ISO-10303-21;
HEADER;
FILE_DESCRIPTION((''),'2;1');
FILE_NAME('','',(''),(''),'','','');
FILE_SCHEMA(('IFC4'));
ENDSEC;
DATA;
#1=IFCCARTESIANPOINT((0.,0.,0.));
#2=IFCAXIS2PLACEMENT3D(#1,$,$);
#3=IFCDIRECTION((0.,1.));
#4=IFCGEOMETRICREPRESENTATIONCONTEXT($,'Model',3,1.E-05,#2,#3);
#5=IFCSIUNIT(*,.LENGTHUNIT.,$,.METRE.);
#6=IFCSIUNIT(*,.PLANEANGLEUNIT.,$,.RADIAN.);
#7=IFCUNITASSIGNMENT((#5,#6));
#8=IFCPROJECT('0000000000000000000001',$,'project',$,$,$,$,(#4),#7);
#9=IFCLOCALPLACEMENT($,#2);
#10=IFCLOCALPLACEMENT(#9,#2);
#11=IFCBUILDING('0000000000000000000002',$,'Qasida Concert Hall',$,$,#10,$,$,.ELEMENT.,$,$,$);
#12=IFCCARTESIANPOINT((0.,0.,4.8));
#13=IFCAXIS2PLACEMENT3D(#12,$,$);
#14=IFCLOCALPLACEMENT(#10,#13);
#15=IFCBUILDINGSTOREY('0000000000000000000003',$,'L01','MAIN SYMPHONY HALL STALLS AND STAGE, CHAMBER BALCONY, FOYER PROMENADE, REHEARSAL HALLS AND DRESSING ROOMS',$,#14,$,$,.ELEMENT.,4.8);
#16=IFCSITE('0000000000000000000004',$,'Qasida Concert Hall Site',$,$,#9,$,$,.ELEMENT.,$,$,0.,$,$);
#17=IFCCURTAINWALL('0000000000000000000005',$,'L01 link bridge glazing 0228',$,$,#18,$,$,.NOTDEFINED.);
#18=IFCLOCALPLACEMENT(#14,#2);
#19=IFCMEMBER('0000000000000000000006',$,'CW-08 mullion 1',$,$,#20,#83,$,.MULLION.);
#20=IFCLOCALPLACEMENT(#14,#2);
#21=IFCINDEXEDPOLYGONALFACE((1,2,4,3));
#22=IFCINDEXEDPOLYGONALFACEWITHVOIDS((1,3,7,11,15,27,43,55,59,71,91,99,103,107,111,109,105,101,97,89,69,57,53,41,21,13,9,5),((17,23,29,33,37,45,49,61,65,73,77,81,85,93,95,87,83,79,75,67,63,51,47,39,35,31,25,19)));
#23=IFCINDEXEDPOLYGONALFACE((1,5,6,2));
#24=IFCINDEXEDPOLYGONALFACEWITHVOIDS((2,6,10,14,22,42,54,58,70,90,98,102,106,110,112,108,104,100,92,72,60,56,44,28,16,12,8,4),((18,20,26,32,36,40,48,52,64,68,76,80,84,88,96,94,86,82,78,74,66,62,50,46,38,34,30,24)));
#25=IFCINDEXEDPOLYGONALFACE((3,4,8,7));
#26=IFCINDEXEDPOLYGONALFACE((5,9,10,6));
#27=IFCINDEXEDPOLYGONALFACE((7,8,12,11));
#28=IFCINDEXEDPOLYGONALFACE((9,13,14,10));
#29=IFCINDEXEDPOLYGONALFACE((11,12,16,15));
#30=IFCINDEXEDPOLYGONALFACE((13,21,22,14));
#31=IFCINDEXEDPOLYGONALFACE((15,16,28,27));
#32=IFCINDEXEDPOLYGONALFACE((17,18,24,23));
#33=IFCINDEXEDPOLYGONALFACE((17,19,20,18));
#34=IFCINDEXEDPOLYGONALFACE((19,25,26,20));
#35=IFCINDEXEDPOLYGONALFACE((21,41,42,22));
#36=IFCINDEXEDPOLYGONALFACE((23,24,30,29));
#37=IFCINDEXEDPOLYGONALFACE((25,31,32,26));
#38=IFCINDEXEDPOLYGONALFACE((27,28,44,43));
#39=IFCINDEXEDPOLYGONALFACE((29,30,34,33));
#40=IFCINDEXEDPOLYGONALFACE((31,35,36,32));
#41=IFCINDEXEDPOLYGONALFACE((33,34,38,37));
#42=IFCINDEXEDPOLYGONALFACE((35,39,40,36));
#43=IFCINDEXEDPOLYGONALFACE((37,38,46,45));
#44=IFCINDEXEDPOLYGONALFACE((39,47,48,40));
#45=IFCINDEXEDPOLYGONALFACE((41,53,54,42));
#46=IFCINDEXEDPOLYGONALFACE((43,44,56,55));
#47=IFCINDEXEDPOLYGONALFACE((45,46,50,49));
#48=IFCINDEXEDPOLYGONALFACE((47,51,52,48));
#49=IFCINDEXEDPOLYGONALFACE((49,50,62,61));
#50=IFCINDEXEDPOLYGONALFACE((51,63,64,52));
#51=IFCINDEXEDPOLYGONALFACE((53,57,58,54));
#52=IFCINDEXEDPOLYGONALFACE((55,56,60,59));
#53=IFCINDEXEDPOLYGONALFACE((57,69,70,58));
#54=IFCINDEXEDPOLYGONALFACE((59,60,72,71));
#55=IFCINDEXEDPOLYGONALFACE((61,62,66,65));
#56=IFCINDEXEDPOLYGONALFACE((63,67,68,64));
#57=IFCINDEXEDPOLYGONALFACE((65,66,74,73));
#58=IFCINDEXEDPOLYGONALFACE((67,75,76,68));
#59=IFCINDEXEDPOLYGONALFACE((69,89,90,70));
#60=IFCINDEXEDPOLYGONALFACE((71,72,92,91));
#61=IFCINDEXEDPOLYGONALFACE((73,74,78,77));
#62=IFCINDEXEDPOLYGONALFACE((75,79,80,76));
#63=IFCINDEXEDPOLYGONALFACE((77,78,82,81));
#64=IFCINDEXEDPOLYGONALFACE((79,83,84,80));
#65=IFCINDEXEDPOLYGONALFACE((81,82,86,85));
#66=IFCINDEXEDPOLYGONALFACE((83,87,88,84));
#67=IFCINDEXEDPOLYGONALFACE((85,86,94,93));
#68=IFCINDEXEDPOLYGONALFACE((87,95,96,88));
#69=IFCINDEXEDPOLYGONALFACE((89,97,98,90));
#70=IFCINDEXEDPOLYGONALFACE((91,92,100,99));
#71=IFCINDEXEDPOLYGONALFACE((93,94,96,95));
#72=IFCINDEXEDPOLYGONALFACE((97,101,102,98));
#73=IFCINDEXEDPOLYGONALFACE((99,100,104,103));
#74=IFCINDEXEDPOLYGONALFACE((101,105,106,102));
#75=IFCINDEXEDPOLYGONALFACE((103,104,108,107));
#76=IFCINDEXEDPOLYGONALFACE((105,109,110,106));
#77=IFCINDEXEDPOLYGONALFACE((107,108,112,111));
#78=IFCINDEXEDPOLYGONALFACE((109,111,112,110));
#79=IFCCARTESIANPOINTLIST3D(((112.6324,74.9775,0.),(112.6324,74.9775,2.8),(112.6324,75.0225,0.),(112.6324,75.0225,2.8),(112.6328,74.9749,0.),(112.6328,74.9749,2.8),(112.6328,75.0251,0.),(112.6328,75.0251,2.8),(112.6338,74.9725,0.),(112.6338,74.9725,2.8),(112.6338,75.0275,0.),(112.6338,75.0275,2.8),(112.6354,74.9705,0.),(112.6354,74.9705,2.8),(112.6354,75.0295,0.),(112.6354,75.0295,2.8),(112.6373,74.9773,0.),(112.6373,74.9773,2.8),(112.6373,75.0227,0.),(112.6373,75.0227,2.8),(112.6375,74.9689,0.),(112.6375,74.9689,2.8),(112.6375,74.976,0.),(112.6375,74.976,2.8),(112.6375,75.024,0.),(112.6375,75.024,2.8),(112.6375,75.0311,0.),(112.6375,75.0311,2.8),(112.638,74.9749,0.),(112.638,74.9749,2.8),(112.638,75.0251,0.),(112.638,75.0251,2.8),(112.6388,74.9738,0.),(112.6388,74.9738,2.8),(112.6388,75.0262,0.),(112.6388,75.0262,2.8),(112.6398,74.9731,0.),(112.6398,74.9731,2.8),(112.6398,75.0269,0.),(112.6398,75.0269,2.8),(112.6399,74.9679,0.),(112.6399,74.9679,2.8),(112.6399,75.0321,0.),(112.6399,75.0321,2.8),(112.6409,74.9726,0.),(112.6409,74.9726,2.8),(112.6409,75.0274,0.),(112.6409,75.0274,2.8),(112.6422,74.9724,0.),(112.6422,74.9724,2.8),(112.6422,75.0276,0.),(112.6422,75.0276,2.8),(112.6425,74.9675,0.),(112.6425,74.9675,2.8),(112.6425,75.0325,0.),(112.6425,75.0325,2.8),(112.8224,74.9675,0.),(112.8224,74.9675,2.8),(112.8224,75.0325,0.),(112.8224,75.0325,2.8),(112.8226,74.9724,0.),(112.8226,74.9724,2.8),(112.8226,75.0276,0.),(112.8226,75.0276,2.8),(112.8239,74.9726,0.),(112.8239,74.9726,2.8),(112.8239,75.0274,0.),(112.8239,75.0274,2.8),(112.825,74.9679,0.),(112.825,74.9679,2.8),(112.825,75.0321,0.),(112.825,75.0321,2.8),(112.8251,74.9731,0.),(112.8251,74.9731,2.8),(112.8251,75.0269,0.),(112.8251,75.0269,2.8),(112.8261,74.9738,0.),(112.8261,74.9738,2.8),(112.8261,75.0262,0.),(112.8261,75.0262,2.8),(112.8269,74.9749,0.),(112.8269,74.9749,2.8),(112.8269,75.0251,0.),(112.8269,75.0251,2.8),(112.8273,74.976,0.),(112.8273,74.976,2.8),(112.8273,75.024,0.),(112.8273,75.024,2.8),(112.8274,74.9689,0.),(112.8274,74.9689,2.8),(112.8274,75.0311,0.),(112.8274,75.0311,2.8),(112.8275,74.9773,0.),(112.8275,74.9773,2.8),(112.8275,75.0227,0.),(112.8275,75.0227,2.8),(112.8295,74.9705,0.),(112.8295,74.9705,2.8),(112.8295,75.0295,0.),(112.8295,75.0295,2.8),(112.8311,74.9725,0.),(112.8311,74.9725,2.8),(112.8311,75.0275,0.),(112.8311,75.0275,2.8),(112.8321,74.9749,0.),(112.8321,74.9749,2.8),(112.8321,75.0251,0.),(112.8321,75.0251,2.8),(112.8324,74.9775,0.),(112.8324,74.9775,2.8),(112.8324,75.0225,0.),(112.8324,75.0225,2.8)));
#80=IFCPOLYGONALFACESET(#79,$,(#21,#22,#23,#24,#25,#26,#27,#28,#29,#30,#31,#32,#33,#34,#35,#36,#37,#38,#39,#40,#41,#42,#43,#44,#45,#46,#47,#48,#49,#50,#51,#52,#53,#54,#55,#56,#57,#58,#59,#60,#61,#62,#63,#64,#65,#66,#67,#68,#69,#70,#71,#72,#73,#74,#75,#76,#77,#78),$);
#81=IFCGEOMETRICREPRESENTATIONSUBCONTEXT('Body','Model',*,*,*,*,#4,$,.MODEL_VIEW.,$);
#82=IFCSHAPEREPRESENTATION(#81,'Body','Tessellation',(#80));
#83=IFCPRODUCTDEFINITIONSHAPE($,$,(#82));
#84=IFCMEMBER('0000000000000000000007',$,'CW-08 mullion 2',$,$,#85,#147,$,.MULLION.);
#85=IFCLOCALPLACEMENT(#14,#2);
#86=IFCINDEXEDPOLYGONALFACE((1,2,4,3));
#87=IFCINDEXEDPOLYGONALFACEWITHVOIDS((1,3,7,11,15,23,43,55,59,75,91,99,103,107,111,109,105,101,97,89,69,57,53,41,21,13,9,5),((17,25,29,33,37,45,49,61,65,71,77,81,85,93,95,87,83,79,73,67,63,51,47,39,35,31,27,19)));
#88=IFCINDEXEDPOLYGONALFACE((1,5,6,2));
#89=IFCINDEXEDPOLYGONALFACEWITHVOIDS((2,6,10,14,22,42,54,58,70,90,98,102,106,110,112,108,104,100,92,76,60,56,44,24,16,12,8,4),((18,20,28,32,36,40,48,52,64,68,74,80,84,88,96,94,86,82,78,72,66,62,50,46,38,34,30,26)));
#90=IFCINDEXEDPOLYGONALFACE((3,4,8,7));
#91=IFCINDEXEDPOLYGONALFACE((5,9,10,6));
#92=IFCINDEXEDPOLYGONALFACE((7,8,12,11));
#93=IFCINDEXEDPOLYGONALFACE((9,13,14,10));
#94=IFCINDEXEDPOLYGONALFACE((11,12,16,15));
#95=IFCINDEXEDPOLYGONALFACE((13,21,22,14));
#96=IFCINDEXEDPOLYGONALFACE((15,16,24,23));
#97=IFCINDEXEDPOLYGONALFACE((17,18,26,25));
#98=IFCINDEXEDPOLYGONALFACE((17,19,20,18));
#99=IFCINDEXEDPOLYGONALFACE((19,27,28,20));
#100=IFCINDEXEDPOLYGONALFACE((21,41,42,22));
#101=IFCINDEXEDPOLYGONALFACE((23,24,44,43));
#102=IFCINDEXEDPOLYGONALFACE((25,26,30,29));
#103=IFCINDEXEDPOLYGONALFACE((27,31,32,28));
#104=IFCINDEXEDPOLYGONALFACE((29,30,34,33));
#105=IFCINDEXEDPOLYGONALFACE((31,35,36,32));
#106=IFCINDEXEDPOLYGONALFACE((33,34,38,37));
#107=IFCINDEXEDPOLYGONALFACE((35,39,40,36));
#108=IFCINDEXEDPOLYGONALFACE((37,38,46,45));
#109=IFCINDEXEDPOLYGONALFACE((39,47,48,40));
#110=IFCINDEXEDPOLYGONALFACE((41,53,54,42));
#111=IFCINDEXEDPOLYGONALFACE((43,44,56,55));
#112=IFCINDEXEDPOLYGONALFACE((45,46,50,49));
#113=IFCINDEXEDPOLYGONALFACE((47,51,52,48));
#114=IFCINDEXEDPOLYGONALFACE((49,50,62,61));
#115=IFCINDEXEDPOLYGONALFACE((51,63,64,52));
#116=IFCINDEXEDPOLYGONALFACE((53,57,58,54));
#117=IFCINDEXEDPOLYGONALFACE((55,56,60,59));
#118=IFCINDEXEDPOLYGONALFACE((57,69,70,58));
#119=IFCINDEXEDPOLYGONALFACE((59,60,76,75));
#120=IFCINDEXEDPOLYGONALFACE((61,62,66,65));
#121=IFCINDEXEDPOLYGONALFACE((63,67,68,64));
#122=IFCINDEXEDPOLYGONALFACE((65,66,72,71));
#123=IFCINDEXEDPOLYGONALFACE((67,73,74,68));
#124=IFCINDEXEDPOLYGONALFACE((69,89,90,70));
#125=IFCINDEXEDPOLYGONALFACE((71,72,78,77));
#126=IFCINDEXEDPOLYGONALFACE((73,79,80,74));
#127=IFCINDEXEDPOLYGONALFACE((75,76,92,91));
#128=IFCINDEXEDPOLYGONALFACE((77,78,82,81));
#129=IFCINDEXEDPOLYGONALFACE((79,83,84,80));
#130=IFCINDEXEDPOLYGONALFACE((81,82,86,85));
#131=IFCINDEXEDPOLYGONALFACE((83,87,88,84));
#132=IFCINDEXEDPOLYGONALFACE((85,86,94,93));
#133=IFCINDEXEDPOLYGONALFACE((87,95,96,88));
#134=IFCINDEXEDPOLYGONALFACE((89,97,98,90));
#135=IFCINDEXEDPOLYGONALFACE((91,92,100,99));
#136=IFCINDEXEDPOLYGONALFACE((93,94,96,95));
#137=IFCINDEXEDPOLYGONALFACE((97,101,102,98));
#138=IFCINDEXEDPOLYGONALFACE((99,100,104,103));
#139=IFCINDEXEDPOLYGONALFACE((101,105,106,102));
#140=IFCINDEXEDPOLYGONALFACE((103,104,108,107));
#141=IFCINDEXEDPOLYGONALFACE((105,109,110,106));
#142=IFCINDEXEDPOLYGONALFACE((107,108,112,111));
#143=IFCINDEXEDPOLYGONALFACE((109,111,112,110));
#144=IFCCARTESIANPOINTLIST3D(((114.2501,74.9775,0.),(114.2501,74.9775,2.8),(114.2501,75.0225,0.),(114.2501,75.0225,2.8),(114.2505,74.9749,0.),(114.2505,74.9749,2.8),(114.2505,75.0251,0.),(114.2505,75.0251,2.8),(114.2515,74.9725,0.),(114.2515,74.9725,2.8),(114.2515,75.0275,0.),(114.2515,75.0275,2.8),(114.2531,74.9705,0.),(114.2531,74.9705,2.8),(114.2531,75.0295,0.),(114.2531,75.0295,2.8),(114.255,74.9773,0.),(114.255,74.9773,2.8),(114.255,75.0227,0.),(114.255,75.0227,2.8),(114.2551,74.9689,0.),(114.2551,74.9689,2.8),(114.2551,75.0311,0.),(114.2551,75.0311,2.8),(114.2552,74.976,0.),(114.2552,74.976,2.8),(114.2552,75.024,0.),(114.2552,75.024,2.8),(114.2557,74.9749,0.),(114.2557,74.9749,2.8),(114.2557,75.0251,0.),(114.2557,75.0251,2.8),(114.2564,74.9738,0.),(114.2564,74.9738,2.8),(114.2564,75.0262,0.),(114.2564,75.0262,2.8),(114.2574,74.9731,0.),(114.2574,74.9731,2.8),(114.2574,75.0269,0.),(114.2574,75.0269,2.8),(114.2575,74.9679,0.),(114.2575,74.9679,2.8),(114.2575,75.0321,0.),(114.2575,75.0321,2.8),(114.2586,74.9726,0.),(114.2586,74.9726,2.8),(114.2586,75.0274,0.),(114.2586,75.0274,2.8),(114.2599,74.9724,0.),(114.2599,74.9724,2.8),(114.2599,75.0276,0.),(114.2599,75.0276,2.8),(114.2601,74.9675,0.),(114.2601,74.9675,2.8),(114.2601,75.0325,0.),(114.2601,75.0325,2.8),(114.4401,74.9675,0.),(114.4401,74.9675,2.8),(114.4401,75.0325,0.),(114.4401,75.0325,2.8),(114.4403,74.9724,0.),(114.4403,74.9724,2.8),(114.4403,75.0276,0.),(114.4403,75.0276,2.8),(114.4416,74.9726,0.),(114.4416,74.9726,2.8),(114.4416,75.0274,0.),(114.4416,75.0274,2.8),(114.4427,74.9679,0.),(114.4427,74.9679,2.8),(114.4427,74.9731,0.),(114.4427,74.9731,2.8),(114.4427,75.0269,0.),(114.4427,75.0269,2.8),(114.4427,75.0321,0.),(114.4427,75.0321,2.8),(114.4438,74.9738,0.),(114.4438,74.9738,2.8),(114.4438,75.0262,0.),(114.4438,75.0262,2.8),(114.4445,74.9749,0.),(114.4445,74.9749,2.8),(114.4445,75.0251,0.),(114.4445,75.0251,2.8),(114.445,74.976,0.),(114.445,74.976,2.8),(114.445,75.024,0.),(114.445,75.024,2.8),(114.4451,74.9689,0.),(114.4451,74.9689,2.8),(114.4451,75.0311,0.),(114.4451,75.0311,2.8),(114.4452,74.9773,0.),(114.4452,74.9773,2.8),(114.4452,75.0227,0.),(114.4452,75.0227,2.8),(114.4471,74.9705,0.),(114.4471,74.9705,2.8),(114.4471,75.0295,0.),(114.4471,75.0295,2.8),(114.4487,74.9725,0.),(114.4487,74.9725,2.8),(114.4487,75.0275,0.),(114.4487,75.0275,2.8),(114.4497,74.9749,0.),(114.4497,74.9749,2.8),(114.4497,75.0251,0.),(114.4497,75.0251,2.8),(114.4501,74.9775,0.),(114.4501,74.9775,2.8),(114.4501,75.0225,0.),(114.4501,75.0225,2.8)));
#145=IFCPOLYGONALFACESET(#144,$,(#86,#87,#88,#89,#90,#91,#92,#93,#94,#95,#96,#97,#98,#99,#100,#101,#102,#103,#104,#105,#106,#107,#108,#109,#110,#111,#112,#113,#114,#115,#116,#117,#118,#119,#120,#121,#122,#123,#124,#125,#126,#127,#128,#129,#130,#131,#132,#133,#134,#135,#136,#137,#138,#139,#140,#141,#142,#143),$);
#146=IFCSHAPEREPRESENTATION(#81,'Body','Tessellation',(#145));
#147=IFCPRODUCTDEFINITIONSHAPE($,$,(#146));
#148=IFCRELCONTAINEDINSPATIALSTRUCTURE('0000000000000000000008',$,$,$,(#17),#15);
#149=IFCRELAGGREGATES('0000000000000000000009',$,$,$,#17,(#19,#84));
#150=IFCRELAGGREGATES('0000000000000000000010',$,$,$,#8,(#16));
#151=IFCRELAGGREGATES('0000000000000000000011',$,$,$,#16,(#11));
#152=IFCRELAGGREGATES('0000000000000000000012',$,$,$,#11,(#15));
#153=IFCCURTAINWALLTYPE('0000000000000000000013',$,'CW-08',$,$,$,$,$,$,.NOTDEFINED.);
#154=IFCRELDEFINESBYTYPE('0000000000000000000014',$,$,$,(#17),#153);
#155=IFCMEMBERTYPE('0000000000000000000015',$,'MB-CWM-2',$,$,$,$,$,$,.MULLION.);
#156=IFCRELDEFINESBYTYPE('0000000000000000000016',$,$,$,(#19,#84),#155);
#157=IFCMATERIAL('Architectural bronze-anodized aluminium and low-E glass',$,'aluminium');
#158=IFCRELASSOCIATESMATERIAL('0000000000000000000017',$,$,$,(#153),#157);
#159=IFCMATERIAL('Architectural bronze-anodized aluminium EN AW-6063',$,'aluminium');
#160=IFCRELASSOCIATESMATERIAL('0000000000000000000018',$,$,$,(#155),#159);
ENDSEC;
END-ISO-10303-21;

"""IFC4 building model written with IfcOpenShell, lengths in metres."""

from ifc_helpers import new_model, si_unit, direction, frame, origin, origin_2d, place, context, subcontext, project, spatial, hollow_rectangle, extrude, material, material_profile, profile_set, type_object, element, aggregate, save


model = new_model("IFC4")

# Units and contexts
model_context = context("Model", 3, precision=1e-05, world=origin(), true_north=direction((0.0, 1.0)))
body_context = subcontext(model_context, "Body", "Model", "MODEL_VIEW")
ifc_project = project(units=[si_unit("LENGTHUNIT", "METRE"), si_unit("PLANEANGLEUNIT", "RADIAN")], contexts=[model_context])

# Site, building, storey
site_placement = place(None, origin())
site = spatial("IfcSite", under=ifc_project, at=site_placement, Name="Qasida Concert Hall Site", CompositionType="ELEMENT", RefElevation=0.0)
building_placement = place(site_placement, origin())
building = spatial("IfcBuilding", under=site, at=building_placement, Name="Qasida Concert Hall", CompositionType="ELEMENT")
storey_placement = place(building_placement, frame((0.0, 0.0, 4.8)))
storey = spatial("IfcBuildingStorey", under=building, at=storey_placement, Name="L01", Description="MAIN SYMPHONY HALL STALLS AND STAGE, CHAMBER BALCONY, FOYER PROMENADE, REHEARSAL HALLS AND DRESSING ROOMS", CompositionType="ELEMENT", Elevation=4.8)

# Curtain wall, members
ifc_material_1 = material(Name="Architectural bronze-anodized aluminium and low-E glass", Category="aluminium")
curtain_wall_type = type_object("IfcCurtainWallType", Name="CW-08", PredefinedType="NOTDEFINED", material=ifc_material_1)
curtain_wall_placement = place(storey_placement, origin())
curtain_wall = element("IfcCurtainWall", 1, at=curtain_wall_placement, inside=storey, type_object=curtain_wall_type, Name="L01 link bridge glazing 0228", PredefinedType="NOTDEFINED")
ifc_material_2 = material(Name="Architectural bronze-anodized aluminium EN AW-6063", Category="aluminium")
ifc_material_profile_1 = material_profile(ifc_material_2, hollow_rectangle(XDim=0.0649, YDim=0.2, WallThickness=0.0049, InnerFilletRadius=0.0049, OuterFilletRadius=0.01, at=origin_2d()), Name="CWM 200x65x5")
ifc_profile_set_1 = profile_set([ifc_material_profile_1], Name="Architectural bronze-anodized aluminium EN AW-6063")
member_type_1 = type_object("IfcMemberType", Name="MB-CWM-2", PredefinedType="MULLION", material=ifc_profile_set_1)
member_1_placement = place(storey_placement, frame((112.7324, 75.0, 0.0), z_axis=(0.0, 0.0, 1.0), x_axis=(0.0, 1.0, 0.0)))
member_1 = element("IfcMember", 2, at=member_1_placement, type_object=member_type_1, Name="CW-08 mullion 1", PredefinedType="MULLION", context=body_context, shape_type="SweptSolid", body=[
    extrude(hollow_rectangle(XDim=0.0649, YDim=0.2, WallThickness=0.0049, InnerFilletRadius=0.0049, OuterFilletRadius=0.01, at=origin_2d()), origin(), (0.0, 0.0, 1.0), 2.8),
])
member_2_placement = place(storey_placement, frame((114.3501, 75.0, 0.0), z_axis=(0.0, 0.0, 1.0), x_axis=(0.0, 1.0, 0.0)))
member_2 = element("IfcMember", 3, at=member_2_placement, type_object=member_type_1, Name="CW-08 mullion 2", PredefinedType="MULLION", context=body_context, shape_type="SweptSolid", body=[
    extrude(hollow_rectangle(XDim=0.0649, YDim=0.2, WallThickness=0.0049, InnerFilletRadius=0.0049, OuterFilletRadius=0.01, at=origin_2d()), origin(), (0.0, 0.0, 1.0), 2.8),
])
aggregate(curtain_wall, [member_1, member_2])

save(model, "model.ifc")
